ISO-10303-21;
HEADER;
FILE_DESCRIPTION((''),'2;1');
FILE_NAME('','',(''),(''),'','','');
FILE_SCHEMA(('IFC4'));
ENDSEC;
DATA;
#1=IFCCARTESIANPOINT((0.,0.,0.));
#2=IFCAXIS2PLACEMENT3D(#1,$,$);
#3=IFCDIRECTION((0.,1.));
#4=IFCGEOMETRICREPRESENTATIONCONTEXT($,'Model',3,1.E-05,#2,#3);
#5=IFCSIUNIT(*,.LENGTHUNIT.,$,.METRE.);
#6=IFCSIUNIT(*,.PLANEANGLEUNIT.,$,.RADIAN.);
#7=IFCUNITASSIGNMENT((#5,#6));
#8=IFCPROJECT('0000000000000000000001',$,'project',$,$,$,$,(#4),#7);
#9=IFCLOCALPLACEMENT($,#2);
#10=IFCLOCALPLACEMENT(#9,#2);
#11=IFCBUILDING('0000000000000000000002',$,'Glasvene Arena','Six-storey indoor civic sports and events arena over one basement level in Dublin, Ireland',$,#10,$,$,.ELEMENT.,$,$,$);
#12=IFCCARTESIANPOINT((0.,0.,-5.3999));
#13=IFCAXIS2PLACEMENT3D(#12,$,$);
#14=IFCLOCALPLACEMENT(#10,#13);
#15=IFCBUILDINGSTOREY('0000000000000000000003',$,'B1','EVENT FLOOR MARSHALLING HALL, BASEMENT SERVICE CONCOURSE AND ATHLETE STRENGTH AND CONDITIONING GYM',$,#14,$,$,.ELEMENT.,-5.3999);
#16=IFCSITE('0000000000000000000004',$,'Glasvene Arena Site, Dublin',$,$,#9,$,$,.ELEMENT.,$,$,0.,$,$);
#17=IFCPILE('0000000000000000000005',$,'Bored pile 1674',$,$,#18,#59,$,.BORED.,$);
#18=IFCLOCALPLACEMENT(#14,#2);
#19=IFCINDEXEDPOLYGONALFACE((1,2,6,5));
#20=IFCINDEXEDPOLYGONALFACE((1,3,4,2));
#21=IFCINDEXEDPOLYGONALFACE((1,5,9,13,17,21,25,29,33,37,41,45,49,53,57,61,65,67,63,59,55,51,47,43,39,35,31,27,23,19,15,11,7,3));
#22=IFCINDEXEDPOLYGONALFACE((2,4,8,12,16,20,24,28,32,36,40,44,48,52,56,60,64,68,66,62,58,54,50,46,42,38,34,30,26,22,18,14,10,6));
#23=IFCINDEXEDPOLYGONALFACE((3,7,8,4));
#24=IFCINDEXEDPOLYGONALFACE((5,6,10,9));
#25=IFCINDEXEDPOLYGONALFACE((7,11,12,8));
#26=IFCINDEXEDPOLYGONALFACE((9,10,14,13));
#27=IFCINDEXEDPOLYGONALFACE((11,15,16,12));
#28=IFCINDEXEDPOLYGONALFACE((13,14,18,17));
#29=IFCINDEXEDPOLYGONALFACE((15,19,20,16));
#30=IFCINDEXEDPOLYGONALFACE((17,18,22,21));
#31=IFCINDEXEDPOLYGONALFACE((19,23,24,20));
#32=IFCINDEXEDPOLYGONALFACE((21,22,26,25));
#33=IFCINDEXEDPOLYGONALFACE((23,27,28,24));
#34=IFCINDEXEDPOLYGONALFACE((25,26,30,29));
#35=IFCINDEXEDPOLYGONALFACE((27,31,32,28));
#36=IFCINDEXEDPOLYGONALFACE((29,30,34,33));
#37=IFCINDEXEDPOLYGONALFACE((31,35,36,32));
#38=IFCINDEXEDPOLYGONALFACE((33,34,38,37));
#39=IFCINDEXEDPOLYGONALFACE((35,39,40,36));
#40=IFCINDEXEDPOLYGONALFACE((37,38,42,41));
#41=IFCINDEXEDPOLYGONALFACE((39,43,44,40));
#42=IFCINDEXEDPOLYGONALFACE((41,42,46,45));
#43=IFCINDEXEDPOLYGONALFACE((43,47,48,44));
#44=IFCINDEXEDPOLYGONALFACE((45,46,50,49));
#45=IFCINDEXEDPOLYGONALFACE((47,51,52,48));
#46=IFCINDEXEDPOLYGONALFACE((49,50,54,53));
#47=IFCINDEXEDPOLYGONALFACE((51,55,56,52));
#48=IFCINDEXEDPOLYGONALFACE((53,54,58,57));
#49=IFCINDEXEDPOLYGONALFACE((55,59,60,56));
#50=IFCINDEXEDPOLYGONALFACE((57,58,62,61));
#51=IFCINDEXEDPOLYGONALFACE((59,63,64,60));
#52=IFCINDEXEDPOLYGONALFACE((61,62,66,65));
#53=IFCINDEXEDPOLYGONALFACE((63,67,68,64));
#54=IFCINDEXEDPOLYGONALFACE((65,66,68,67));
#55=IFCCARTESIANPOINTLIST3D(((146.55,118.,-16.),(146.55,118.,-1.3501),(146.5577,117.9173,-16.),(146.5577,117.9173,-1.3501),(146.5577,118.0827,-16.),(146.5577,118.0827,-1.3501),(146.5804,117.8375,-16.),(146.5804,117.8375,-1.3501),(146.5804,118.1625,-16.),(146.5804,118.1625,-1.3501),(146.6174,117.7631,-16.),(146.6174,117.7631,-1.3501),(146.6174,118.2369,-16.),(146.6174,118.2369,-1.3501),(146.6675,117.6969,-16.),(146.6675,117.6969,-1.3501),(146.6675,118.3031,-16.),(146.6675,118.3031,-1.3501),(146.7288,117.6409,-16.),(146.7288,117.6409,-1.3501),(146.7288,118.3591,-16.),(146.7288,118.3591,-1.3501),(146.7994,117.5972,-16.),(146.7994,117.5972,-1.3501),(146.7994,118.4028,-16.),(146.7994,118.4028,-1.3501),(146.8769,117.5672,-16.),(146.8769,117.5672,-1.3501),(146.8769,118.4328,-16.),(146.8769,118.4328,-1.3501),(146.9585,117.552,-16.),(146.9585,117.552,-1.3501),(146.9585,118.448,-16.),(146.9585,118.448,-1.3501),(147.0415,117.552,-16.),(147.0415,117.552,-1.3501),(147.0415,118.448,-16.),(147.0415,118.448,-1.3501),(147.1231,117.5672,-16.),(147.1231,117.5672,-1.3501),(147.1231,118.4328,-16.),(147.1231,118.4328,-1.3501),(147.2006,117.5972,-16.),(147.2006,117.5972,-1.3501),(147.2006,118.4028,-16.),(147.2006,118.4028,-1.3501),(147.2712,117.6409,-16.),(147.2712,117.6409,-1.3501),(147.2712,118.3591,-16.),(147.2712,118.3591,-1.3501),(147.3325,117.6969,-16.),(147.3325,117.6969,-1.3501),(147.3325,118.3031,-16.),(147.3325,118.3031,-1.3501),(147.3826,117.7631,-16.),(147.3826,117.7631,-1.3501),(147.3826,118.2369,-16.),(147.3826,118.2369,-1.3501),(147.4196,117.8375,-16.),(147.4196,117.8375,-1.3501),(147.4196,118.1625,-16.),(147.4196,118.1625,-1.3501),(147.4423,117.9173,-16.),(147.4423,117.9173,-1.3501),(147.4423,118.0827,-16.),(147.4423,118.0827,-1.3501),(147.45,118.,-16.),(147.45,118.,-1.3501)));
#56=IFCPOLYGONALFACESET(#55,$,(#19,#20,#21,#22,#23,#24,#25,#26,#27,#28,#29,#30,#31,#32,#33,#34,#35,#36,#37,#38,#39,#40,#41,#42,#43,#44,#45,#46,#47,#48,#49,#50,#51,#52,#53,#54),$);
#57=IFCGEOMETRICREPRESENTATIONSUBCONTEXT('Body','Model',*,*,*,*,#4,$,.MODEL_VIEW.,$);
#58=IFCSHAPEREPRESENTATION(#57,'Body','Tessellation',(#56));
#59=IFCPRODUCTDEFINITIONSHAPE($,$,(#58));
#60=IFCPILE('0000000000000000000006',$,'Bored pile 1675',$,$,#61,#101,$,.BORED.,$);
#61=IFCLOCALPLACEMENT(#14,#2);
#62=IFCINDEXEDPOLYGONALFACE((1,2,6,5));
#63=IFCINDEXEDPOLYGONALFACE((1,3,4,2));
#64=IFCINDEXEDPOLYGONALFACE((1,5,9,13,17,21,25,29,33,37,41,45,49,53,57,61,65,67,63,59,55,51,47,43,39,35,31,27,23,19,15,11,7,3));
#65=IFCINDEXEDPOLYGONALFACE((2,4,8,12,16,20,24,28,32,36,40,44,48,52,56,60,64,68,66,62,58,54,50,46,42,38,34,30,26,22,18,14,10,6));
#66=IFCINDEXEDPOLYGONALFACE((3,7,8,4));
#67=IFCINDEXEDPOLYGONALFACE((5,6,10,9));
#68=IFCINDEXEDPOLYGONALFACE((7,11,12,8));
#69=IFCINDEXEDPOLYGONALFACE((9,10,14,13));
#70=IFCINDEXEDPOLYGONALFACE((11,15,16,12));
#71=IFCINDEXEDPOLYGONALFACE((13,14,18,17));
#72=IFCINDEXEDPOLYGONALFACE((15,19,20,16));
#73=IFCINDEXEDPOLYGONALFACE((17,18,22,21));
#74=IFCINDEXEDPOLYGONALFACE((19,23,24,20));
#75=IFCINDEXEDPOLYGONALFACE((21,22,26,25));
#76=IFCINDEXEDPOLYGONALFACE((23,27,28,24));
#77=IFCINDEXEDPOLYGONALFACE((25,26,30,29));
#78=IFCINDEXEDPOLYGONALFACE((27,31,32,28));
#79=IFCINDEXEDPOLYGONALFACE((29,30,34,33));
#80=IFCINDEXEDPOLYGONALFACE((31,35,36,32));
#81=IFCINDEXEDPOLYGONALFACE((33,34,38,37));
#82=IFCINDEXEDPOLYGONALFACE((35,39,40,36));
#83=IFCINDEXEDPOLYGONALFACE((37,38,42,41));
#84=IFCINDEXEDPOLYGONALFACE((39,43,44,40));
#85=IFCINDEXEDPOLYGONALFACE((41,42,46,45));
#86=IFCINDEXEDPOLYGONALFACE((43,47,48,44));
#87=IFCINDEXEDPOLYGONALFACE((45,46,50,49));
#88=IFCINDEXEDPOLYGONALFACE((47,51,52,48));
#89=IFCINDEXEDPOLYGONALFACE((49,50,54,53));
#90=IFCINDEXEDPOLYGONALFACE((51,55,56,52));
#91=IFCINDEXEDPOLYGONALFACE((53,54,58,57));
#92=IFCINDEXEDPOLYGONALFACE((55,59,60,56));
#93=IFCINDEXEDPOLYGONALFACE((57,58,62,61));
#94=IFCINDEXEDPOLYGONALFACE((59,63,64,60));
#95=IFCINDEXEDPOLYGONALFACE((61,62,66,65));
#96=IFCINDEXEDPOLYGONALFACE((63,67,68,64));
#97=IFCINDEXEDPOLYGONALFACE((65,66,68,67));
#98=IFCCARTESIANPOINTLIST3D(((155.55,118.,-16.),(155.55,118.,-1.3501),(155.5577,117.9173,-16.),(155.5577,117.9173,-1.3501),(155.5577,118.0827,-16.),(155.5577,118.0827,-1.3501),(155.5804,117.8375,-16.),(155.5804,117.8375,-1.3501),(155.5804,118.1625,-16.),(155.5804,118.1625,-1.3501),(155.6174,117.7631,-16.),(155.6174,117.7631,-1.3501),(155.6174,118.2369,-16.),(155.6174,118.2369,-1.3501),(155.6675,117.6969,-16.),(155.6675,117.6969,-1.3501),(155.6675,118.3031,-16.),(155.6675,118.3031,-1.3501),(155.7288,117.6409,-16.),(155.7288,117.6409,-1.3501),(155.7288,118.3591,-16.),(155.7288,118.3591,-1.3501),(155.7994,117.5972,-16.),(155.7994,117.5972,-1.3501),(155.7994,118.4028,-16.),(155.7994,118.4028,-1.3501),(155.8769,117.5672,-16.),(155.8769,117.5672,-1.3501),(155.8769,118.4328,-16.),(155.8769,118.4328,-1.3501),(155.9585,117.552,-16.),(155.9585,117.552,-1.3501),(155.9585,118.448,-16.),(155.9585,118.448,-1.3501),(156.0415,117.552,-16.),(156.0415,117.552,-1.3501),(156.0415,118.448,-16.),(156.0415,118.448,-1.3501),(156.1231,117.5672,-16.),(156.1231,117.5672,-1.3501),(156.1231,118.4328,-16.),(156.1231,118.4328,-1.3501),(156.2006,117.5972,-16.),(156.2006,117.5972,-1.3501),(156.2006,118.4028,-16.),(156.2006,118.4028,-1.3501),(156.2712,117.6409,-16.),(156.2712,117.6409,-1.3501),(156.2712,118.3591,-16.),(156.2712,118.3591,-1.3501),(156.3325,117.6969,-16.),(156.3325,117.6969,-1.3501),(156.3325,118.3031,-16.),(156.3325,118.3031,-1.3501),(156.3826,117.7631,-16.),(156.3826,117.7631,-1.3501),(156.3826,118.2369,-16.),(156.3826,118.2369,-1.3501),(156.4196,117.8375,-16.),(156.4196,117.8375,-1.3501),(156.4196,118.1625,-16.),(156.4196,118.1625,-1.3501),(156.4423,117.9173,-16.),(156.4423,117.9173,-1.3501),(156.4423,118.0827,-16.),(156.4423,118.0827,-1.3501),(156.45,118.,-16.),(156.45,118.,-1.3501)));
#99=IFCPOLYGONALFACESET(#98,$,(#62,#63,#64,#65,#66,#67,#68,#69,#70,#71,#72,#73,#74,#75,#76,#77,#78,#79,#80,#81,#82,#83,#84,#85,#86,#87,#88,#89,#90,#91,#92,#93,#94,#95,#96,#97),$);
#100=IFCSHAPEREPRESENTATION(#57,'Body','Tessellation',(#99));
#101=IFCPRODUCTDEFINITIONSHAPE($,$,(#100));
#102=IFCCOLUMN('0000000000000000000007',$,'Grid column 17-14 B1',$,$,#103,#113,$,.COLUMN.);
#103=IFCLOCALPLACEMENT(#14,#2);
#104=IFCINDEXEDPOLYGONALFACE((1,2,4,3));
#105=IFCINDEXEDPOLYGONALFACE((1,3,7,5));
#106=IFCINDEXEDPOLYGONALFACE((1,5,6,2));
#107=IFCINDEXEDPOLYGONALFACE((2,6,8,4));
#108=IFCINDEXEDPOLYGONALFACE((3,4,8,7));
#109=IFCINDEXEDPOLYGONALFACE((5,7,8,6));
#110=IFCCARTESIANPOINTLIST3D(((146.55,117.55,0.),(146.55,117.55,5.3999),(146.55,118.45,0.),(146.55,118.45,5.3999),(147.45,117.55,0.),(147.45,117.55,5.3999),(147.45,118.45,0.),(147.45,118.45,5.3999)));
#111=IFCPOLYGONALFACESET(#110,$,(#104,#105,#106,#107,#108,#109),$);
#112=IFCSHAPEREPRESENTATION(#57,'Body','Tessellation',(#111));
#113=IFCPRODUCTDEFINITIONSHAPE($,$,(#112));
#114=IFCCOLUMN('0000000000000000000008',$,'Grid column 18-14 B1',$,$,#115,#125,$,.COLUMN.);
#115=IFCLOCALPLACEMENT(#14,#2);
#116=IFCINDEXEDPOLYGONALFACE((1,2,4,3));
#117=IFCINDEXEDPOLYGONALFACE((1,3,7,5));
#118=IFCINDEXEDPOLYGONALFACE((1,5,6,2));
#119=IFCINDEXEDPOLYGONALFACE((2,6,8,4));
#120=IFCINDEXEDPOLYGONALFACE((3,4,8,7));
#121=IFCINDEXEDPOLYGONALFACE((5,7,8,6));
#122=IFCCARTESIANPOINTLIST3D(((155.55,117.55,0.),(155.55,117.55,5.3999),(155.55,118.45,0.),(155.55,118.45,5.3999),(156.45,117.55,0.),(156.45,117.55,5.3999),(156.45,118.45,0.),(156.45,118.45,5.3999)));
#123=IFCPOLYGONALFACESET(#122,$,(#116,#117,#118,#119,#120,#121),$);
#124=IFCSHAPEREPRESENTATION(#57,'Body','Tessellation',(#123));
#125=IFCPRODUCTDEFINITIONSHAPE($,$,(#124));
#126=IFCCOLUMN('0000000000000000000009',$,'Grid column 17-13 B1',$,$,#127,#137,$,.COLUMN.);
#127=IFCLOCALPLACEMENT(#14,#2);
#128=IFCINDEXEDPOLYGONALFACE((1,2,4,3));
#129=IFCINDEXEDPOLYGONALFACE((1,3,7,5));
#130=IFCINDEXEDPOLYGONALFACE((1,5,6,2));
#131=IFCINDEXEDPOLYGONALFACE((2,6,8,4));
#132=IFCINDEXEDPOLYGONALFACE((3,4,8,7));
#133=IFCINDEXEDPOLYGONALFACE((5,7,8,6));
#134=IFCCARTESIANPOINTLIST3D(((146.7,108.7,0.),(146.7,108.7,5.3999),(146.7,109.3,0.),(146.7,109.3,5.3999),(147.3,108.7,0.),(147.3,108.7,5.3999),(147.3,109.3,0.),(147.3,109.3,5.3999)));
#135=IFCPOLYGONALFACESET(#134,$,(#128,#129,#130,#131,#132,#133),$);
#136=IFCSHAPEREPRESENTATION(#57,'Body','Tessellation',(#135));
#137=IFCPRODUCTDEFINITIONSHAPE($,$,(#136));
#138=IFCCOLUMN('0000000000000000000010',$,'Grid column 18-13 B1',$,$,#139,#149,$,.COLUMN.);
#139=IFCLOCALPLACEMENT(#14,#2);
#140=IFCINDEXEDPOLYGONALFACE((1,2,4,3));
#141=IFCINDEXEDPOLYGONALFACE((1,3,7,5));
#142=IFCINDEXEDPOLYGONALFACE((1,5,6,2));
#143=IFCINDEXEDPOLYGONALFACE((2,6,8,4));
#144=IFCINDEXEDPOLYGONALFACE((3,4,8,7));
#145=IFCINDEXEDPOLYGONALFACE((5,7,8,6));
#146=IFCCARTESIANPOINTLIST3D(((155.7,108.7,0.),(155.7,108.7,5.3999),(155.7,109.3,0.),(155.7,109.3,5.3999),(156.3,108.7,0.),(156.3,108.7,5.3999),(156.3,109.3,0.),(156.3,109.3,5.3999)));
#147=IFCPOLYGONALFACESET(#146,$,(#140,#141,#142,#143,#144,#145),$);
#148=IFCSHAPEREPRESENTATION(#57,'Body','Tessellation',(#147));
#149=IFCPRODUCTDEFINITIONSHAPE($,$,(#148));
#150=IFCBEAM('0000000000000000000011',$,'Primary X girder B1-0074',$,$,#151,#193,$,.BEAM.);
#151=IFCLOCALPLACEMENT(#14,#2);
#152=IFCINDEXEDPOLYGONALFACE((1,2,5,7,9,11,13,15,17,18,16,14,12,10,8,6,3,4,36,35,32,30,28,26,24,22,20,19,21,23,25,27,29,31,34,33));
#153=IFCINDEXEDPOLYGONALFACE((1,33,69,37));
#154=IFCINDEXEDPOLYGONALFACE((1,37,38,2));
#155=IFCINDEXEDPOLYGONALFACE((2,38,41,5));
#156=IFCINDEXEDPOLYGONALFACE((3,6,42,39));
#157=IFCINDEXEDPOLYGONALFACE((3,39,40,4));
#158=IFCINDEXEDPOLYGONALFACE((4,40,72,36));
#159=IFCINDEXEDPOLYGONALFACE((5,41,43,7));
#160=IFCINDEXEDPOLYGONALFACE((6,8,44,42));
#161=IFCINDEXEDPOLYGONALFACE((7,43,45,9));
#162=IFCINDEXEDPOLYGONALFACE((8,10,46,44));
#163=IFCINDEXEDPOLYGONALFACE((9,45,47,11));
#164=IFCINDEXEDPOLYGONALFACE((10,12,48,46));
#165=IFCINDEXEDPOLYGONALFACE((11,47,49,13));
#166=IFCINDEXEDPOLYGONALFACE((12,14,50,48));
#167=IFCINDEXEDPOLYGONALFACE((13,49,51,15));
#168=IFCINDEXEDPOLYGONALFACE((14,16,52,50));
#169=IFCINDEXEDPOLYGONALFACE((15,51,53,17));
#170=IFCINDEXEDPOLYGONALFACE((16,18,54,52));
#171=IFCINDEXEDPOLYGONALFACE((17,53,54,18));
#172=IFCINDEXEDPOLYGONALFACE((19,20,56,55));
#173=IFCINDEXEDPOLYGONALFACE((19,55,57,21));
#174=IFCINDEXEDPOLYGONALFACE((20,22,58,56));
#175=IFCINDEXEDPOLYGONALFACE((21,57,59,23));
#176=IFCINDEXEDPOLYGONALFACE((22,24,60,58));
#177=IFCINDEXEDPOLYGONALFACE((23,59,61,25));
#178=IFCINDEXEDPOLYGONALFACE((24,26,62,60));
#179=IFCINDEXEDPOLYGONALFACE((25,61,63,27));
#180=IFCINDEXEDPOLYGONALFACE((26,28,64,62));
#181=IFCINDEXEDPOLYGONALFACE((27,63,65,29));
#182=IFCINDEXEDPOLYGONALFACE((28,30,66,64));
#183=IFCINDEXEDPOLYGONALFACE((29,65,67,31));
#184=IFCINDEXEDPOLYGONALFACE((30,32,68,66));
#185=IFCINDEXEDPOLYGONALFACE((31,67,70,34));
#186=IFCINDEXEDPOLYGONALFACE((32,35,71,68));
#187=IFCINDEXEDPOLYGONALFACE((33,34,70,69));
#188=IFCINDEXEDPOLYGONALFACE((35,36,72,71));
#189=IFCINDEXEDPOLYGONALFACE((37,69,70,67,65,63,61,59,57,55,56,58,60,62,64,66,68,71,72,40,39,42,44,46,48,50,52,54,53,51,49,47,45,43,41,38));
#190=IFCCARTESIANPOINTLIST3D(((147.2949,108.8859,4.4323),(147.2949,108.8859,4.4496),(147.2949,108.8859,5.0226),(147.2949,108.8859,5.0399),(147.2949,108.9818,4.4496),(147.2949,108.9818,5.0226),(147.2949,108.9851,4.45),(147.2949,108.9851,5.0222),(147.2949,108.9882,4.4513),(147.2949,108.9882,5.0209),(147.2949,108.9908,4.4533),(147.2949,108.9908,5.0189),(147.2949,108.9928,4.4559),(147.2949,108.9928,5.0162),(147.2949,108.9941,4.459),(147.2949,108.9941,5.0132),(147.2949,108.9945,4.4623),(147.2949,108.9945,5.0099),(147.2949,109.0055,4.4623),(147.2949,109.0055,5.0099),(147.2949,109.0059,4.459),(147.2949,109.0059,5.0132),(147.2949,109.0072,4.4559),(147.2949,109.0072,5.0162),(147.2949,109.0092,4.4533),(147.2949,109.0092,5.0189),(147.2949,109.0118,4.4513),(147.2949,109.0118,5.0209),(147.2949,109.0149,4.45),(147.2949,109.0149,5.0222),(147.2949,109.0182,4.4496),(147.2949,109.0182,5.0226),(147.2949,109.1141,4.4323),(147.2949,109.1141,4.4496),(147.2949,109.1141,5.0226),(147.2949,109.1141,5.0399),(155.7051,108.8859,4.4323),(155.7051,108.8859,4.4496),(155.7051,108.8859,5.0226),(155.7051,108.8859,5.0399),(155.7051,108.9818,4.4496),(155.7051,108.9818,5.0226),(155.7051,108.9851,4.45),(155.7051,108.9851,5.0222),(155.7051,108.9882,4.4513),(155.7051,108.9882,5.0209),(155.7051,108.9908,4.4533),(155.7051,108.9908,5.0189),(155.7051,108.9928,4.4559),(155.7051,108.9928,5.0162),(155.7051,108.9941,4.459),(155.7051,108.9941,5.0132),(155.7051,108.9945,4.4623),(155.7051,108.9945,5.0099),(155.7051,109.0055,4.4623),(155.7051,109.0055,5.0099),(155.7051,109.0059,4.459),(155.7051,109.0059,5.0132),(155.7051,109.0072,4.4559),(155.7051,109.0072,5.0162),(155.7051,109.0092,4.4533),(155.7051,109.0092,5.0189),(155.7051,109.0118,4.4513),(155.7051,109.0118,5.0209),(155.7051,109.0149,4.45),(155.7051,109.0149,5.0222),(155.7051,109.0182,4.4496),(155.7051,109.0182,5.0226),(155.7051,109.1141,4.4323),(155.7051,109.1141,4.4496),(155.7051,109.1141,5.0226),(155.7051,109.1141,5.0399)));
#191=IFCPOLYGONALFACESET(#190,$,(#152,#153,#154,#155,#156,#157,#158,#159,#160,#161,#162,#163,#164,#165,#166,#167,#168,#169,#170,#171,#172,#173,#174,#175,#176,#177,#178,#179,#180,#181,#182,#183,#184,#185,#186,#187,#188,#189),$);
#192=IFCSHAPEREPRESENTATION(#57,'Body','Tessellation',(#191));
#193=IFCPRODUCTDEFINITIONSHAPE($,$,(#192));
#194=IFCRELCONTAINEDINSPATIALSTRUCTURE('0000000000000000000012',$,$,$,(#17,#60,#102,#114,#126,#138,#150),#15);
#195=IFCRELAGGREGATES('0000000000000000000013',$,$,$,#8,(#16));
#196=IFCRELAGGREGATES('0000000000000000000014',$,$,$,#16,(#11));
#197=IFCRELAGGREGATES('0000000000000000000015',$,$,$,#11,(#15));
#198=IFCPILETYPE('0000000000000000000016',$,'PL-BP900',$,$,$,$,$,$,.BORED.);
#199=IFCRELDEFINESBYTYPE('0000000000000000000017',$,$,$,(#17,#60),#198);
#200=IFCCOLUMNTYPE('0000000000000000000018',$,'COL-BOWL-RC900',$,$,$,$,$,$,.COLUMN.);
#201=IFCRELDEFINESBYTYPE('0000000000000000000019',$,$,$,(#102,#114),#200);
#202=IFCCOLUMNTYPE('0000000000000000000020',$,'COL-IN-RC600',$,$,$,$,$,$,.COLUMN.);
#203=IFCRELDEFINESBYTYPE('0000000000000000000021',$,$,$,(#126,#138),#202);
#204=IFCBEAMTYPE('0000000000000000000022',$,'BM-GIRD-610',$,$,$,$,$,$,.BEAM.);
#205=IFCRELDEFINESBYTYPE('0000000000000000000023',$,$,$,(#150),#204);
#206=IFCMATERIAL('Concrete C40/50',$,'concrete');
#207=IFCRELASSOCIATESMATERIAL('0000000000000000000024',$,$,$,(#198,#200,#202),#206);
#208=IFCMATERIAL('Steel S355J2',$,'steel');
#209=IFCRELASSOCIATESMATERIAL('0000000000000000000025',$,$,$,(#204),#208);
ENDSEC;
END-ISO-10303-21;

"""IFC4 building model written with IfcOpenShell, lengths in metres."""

from ifc_helpers import new_model, si_unit, direction, frame, origin, origin_2d, place, context, subcontext, project, spatial, rectangle, circle, i_section, extrude, material, material_profile, profile_set, type_object, element, save


model = new_model("IFC4")

# Units and contexts
model_context = context("Model", 3, precision=1e-05, world=origin(), true_north=direction((0.0, 1.0)))
body_context = subcontext(model_context, "Body", "Model", "MODEL_VIEW")
ifc_project = project(units=[si_unit("LENGTHUNIT", "METRE"), si_unit("PLANEANGLEUNIT", "RADIAN")], contexts=[model_context])

# Site, building, storey
site_placement = place(None, origin())
site = spatial("IfcSite", under=ifc_project, at=site_placement, Name="Glasvene Arena Site, Dublin", CompositionType="ELEMENT", RefElevation=0.0)
building_placement = place(site_placement, origin())
building = spatial("IfcBuilding", under=site, at=building_placement, Name="Glasvene Arena", Description="Six-storey indoor civic sports and events arena over one basement level in Dublin, Ireland", CompositionType="ELEMENT")
storey_placement = place(building_placement, frame((0.0, 0.0, -5.3999)))
storey = spatial("IfcBuildingStorey", under=building, at=storey_placement, Name="B1", Description="EVENT FLOOR MARSHALLING HALL, BASEMENT SERVICE CONCOURSE AND ATHLETE STRENGTH AND CONDITIONING GYM", CompositionType="ELEMENT", Elevation=-5.3999)

# Shared definitions
ifc_material_1 = material(Name="Concrete C40/50", Category="concrete")

# Piles
ifc_material_profile_1 = material_profile(ifc_material_1, circle(Radius=0.45, at=origin_2d()), Name="BORED PILE 900")
ifc_profile_set_1 = profile_set([ifc_material_profile_1], Name="Concrete C40/50")
pile_type = type_object("IfcPileType", Name="PL-BP900", PredefinedType="BORED", material=ifc_profile_set_1)
for number, where, z_axis, x_axis, name in (
    (1, (147.0, 118.0, -1.3501), (0.0, 0.0, -1.0), (1.0, 0.0, 0.0), "Bored pile 1674"),
    (2, (156.0, 118.0, -1.3501), (0.0, 0.0, -1.0), (1.0, 0.0, 0.0), "Bored pile 1675"),
):
    element("IfcPile", number, at=place(storey_placement, frame(where, z_axis=z_axis, x_axis=x_axis)), inside=storey, type_object=pile_type, Name=name, PredefinedType="BORED", context=body_context, shape_type="SweptSolid", body=[
        extrude(circle(Radius=0.45, at=origin_2d()), origin(), (0.0, 0.0, 1.0), 14.6499),
    ])

# Columns
ifc_material_profile_2 = material_profile(ifc_material_1, rectangle(XDim=0.8999, YDim=0.8999, at=origin_2d()), Name="RC 900x900")
ifc_profile_set_2 = profile_set([ifc_material_profile_2], Name="Concrete C40/50")
column_type_1 = type_object("IfcColumnType", Name="COL-BOWL-RC900", PredefinedType="COLUMN", material=ifc_profile_set_2)
for number, where, z_axis, x_axis, name in (
    (3, (147.0, 118.0, 0.0), (0.0, 0.0, 1.0), (1.0, 0.0, 0.0), "Grid column 17-14 B1"),
    (4, (156.0, 118.0, 0.0), (0.0, 0.0, 1.0), (1.0, 0.0, 0.0), "Grid column 18-14 B1"),
):
    element("IfcColumn", number, at=place(storey_placement, frame(where, z_axis=z_axis, x_axis=x_axis)), inside=storey, type_object=column_type_1, Name=name, PredefinedType="COLUMN", context=body_context, shape_type="SweptSolid", body=[
        extrude(rectangle(XDim=0.8999, YDim=0.8999, at=origin_2d()), origin(), (0.0, 0.0, 1.0), 5.3999),
    ])
ifc_material_profile_3 = material_profile(ifc_material_1, rectangle(XDim=0.6001, YDim=0.6001, at=origin_2d()), Name="RC 600x600")
ifc_profile_set_3 = profile_set([ifc_material_profile_3], Name="Concrete C40/50")
column_type_2 = type_object("IfcColumnType", Name="COL-IN-RC600", PredefinedType="COLUMN", material=ifc_profile_set_3)
for number, where, z_axis, x_axis, name in (
    (5, (147.0, 109.0, 0.0), (0.0, 0.0, 1.0), (1.0, 0.0, 0.0), "Grid column 17-13 B1"),
    (6, (156.0, 109.0, 0.0), (0.0, 0.0, 1.0), (1.0, 0.0, 0.0), "Grid column 18-13 B1"),
):
    element("IfcColumn", number, at=place(storey_placement, frame(where, z_axis=z_axis, x_axis=x_axis)), inside=storey, type_object=column_type_2, Name=name, PredefinedType="COLUMN", context=body_context, shape_type="SweptSolid", body=[
        extrude(rectangle(XDim=0.6001, YDim=0.6001, at=origin_2d()), origin(), (0.0, 0.0, 1.0), 5.3999),
    ])

# Beam
ifc_material_2 = material(Name="Steel S355J2", Category="steel")
ifc_material_profile_4 = material_profile(ifc_material_2, i_section(OverallWidth=0.2283, OverallDepth=0.6077, WebThickness=0.011, FlangeThickness=0.0173, FilletRadius=0.0127, at=origin_2d()), Name="UKB 610x229x113")
ifc_profile_set_4 = profile_set([ifc_material_profile_4], Name="Steel S355J2")
beam_type_1 = type_object("IfcBeamType", Name="BM-GIRD-610", PredefinedType="BEAM", material=ifc_profile_set_4)
beam_placement = place(storey_placement, frame((147.2949, 109.0, 4.7361), z_axis=(1.0, 0.0, 0.0), x_axis=(0.0, 1.0, 0.0)))
element("IfcBeam", 7, at=beam_placement, inside=storey, type_object=beam_type_1, Name="Primary X girder B1-0074", PredefinedType="BEAM", context=body_context, shape_type="SweptSolid", body=[
    extrude(i_section(OverallWidth=0.2283, OverallDepth=0.6077, WebThickness=0.011, FlangeThickness=0.0173, FilletRadius=0.0127, at=origin_2d()), origin(), (0.0, 0.0, 1.0), 8.4102),
])

save(model, "model.ifc")
